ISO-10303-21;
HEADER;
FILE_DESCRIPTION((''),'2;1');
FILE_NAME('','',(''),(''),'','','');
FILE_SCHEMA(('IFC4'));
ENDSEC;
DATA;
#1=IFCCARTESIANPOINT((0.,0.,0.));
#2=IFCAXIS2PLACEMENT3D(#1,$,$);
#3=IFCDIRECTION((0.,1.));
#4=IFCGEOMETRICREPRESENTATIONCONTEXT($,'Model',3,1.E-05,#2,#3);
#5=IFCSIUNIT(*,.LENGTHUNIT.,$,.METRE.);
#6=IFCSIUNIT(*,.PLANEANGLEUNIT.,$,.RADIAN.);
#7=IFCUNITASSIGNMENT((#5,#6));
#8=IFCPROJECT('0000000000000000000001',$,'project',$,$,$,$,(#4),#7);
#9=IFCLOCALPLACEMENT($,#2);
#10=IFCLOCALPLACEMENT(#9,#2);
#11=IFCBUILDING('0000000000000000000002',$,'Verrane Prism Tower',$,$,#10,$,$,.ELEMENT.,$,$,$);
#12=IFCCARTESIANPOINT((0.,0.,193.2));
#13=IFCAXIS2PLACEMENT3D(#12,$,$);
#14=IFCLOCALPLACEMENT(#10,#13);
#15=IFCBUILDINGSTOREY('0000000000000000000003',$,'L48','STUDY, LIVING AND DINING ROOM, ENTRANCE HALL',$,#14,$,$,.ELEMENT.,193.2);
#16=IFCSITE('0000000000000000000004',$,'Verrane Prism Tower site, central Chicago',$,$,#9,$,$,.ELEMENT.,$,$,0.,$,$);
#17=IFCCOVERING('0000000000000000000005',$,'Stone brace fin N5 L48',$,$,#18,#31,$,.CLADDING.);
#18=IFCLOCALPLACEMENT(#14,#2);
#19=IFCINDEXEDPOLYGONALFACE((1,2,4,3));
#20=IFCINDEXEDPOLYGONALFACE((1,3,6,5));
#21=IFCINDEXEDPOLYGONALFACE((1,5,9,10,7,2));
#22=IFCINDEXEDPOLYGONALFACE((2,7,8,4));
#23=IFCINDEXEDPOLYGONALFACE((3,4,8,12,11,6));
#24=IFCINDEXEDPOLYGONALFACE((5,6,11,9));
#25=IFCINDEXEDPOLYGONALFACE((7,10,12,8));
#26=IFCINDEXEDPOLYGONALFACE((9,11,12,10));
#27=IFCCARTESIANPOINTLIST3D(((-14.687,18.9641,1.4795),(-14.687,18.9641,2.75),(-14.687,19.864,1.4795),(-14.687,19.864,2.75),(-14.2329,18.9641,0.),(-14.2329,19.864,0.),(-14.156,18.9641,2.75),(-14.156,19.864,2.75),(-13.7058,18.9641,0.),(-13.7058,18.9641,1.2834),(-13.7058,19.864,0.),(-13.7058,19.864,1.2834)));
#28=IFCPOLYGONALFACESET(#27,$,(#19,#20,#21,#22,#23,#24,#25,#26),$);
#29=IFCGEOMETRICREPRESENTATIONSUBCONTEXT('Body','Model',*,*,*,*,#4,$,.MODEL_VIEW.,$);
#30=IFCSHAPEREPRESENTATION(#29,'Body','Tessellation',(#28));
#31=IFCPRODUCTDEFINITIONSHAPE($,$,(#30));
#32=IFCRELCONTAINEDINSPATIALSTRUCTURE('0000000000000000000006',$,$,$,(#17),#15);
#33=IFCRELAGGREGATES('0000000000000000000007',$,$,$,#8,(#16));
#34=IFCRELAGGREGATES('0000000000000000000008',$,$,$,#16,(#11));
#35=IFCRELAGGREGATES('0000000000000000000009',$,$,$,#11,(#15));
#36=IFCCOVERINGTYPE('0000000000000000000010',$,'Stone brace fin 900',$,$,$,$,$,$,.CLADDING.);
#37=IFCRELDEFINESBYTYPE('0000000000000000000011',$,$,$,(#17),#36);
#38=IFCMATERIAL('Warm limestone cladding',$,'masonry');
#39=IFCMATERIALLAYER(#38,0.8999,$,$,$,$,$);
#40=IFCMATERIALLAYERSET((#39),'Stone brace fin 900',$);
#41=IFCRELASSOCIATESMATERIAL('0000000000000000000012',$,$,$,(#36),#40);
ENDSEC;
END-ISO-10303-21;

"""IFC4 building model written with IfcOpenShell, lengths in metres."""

from ifc_helpers import new_model, si_unit, direction, frame, origin, place, context, subcontext, project, spatial, polyline, outline, extrude, material, layer, layer_set, type_object, element, save


model = new_model("IFC4")

# Units and contexts
model_context = context("Model", 3, precision=1e-05, world=origin(), true_north=direction((0.0, 1.0)))
body_context = subcontext(model_context, "Body", "Model", "MODEL_VIEW")
ifc_project = project(units=[si_unit("LENGTHUNIT", "METRE"), si_unit("PLANEANGLEUNIT", "RADIAN")], contexts=[model_context])

# Site, building, storey
site_placement = place(None, origin())
site = spatial("IfcSite", under=ifc_project, at=site_placement, Name="Verrane Prism Tower site, central Chicago", CompositionType="ELEMENT", RefElevation=0.0)
building_placement = place(site_placement, origin())
building = spatial("IfcBuilding", under=site, at=building_placement, Name="Verrane Prism Tower", CompositionType="ELEMENT")
storey_placement = place(building_placement, frame((0.0, 0.0, 193.2)))
storey = spatial("IfcBuildingStorey", under=building, at=storey_placement, Name="L48", Description="STUDY, LIVING AND DINING ROOM, ENTRANCE HALL", CompositionType="ELEMENT", Elevation=193.2)

# Covering
ifc_material_1 = material(Name="Warm limestone cladding", Category="masonry")
ifc_layer_1 = layer(ifc_material_1, 0.8999)
ifc_layer_set_1 = layer_set([ifc_layer_1], Name="Stone brace fin 900")
covering_type = type_object("IfcCoveringType", Name="Stone brace fin 900", PredefinedType="CLADDING", material=ifc_layer_set_1)
covering_placement = place(storey_placement, frame((-13.7058, 19.4141, 0.0), z_axis=(0.0, 0.0, 1.0), x_axis=(-1.0, 0.0, 0.0)))
element("IfcCovering", 1, at=covering_placement, inside=storey, type_object=covering_type, Name="Stone brace fin N5 L48", PredefinedType="CLADDING", context=body_context, shape_type="SweptSolid", body=[
    extrude(outline(polyline([(0.9812, 2.75), (0.4502, 2.75), (0.0, 1.2834), (0.0, 0.0), (0.5271, 0.0), (0.9812, 1.4795), (0.9812, 2.75)])), frame((0.0, 0.45, 0.0), z_axis=(0.0, -1.0, 0.0), x_axis=(1.0, 0.0, 0.0)), (0.0, 0.0, 1.0), 0.8999),
])

save(model, "model.ifc")
